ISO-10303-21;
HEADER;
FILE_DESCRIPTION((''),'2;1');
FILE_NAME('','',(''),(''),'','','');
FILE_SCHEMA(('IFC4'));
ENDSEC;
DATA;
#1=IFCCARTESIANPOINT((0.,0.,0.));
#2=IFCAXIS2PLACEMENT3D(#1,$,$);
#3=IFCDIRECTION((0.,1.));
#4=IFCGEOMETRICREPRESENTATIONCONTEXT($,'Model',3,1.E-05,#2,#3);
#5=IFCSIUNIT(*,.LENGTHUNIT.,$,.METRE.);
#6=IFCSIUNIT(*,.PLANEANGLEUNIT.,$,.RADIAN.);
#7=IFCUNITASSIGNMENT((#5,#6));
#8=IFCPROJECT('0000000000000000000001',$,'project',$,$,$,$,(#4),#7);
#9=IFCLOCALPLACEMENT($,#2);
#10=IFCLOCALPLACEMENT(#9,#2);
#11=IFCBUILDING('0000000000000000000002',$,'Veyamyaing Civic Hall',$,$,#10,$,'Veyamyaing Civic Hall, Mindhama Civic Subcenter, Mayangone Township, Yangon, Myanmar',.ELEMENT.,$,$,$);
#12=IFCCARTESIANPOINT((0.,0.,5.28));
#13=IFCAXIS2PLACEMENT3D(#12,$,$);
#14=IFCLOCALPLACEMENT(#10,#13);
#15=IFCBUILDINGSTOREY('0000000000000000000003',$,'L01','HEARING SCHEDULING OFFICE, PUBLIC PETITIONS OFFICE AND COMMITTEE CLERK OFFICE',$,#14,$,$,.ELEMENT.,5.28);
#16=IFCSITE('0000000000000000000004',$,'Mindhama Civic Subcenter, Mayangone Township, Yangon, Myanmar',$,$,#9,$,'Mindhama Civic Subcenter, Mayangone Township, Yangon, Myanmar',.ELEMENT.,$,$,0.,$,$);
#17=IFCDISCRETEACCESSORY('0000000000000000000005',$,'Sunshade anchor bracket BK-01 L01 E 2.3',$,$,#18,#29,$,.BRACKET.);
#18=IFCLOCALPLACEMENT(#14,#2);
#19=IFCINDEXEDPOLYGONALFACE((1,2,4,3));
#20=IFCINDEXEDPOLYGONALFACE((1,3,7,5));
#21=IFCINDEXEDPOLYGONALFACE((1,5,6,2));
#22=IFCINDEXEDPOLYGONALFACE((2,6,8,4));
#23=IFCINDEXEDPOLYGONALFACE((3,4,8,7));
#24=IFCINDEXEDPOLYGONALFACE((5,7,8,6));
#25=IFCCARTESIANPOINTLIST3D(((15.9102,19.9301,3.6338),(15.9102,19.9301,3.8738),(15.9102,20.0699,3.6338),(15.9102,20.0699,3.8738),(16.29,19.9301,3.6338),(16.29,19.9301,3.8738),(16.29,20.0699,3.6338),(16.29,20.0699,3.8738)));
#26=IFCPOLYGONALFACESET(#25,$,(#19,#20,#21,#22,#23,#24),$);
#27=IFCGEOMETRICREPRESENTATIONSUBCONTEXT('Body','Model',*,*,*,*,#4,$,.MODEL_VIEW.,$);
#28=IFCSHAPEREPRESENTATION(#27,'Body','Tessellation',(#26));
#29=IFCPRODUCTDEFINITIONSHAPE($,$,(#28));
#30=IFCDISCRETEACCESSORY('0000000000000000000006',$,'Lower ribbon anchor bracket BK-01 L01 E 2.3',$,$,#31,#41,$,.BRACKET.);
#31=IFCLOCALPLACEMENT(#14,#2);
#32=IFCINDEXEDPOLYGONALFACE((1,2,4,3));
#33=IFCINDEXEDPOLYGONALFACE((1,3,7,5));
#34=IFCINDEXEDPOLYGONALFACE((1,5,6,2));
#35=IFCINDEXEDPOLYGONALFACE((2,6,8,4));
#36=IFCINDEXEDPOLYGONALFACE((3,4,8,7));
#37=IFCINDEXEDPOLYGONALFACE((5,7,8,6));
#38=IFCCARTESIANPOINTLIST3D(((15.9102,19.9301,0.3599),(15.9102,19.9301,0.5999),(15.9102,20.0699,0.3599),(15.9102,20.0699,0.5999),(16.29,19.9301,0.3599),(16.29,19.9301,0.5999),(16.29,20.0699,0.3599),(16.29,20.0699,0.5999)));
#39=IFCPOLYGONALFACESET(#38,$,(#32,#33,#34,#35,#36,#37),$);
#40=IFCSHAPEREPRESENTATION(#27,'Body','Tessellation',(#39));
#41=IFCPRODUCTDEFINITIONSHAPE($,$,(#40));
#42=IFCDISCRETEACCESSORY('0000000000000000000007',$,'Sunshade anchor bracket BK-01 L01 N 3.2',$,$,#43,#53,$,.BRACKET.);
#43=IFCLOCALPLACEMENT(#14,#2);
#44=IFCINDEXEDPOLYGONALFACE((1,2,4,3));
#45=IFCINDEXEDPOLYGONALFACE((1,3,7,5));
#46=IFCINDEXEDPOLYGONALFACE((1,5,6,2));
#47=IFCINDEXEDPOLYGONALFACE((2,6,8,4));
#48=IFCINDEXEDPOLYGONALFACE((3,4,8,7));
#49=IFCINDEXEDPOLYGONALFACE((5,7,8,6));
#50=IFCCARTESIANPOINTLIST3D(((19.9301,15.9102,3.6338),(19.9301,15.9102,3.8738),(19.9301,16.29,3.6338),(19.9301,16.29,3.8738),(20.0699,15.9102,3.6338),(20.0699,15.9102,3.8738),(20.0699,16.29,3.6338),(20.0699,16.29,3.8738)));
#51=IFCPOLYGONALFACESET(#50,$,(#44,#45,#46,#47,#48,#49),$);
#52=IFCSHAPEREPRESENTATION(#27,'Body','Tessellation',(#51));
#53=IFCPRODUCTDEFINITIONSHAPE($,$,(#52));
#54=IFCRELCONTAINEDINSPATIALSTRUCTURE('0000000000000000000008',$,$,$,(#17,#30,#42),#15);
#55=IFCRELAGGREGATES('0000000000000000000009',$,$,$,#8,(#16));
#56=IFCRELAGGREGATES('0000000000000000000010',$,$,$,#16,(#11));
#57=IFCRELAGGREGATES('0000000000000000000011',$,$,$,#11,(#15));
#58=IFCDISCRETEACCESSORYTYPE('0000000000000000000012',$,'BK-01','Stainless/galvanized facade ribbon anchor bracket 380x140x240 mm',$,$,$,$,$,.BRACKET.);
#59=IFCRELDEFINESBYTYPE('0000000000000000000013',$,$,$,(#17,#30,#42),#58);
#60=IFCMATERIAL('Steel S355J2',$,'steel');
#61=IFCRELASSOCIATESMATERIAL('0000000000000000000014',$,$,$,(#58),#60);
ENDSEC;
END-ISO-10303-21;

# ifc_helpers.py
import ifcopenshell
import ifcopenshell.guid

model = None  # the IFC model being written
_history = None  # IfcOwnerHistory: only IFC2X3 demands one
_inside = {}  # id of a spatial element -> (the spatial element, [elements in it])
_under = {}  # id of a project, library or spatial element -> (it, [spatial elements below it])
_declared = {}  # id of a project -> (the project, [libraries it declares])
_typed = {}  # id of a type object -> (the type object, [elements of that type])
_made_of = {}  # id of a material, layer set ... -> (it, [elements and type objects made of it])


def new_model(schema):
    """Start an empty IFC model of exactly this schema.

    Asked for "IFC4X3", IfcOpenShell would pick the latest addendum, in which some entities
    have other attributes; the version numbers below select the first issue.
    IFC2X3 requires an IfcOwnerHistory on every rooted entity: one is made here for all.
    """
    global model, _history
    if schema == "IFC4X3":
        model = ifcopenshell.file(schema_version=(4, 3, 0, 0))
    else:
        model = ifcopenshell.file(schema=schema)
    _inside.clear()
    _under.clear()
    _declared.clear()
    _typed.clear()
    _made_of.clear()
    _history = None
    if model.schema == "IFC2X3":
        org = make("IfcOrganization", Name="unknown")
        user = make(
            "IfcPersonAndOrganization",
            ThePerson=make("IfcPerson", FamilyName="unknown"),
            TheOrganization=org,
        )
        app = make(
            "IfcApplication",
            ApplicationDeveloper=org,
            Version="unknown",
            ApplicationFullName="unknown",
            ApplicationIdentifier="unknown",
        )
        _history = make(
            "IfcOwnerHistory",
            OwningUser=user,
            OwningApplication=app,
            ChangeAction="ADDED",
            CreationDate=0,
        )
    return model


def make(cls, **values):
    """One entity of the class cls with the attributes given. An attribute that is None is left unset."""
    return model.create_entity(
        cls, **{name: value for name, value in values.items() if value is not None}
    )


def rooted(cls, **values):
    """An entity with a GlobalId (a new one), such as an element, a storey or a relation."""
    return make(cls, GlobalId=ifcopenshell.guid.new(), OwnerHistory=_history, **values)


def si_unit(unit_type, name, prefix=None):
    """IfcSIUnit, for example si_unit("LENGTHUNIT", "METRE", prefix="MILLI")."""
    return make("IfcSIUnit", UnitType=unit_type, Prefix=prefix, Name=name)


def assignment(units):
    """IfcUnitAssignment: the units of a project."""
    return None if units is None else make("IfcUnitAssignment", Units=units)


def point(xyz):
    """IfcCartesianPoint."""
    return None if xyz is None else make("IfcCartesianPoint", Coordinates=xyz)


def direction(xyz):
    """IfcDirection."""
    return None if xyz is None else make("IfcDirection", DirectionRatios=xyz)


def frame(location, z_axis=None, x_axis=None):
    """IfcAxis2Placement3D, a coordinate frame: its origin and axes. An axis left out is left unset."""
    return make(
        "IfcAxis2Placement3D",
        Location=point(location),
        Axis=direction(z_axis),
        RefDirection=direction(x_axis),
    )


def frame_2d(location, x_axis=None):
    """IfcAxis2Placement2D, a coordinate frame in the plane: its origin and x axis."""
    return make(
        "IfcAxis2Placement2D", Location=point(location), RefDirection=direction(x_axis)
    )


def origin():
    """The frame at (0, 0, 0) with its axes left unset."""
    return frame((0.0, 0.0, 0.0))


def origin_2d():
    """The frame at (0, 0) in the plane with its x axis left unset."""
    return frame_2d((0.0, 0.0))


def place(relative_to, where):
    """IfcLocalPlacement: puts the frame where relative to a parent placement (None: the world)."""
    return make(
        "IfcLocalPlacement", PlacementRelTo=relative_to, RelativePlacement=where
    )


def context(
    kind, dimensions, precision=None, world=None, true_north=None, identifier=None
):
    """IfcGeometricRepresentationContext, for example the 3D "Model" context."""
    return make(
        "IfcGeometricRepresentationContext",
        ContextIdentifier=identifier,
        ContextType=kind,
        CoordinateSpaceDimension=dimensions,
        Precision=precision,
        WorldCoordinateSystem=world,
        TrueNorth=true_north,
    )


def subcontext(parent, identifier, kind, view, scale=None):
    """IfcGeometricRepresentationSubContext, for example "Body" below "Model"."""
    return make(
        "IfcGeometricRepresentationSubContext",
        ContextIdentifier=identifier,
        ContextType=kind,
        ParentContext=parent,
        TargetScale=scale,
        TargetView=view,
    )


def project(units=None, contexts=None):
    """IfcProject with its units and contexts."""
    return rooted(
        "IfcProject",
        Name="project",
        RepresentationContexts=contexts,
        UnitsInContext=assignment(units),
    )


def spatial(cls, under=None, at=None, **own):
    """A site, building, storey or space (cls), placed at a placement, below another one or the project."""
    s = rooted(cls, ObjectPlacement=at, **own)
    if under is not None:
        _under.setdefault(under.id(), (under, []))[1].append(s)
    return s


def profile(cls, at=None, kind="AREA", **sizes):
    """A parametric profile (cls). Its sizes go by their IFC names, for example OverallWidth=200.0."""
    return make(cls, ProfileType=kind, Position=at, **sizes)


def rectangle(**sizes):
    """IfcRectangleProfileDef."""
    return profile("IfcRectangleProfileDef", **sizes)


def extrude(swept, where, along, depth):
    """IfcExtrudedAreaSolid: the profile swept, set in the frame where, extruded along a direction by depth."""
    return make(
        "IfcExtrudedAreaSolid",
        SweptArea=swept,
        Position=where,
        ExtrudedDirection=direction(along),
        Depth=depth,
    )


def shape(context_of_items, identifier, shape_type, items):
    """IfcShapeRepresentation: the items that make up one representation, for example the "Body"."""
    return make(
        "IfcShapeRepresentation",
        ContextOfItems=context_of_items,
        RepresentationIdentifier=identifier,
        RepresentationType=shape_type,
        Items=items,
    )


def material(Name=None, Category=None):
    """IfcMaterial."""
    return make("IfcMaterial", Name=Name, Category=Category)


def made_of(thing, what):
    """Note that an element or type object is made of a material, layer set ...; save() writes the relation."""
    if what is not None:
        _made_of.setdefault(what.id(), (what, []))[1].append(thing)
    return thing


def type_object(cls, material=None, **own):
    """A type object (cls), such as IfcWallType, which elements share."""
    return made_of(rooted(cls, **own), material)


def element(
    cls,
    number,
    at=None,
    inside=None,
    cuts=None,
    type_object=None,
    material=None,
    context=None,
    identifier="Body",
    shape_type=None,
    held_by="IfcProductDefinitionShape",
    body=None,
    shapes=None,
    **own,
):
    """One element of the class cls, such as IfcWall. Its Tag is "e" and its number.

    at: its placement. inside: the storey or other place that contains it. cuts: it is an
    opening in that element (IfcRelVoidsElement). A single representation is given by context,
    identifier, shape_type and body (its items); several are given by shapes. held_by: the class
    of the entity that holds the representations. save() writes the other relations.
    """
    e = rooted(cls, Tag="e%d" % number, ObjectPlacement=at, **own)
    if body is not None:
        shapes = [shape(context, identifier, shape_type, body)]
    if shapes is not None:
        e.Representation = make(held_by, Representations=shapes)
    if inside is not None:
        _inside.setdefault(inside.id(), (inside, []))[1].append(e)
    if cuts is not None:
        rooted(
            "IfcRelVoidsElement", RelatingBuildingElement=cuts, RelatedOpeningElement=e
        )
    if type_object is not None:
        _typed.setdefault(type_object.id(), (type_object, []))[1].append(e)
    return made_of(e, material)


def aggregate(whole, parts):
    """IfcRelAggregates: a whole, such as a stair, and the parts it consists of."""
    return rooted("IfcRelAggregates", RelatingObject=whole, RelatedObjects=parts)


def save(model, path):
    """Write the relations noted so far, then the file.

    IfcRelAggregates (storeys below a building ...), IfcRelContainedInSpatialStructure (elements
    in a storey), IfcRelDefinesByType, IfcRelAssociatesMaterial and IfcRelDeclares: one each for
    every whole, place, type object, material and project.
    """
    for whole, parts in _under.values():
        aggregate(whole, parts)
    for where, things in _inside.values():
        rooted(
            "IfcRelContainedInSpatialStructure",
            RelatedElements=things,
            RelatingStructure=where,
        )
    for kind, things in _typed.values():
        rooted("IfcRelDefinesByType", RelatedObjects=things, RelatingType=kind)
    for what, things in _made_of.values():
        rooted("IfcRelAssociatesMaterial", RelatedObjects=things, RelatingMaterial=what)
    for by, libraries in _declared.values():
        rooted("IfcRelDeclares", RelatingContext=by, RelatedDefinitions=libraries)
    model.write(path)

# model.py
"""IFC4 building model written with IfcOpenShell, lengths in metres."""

from ifc_helpers import new_model, si_unit, direction, frame, origin, origin_2d, place, context, subcontext, project, spatial, rectangle, extrude, material, type_object, element, save


model = new_model("IFC4")

# Units and contexts
model_context = context("Model", 3, precision=1e-05, world=origin(), true_north=direction((0.0, 1.0)))
body_context = subcontext(model_context, "Body", "Model", "MODEL_VIEW")
ifc_project = project(units=[si_unit("LENGTHUNIT", "METRE"), si_unit("PLANEANGLEUNIT", "RADIAN")], contexts=[model_context])

# Site, building, storey
site_placement = place(None, origin())
site = spatial("IfcSite", under=ifc_project, at=site_placement, Name="Mindhama Civic Subcenter, Mayangone Township, Yangon, Myanmar", LongName="Mindhama Civic Subcenter, Mayangone Township, Yangon, Myanmar", CompositionType="ELEMENT", RefElevation=0.0)
building_placement = place(site_placement, origin())
building = spatial("IfcBuilding", under=site, at=building_placement, Name="Veyamyaing Civic Hall", LongName="Veyamyaing Civic Hall, Mindhama Civic Subcenter, Mayangone Township, Yangon, Myanmar", CompositionType="ELEMENT")
storey_placement = place(building_placement, frame((0.0, 0.0, 5.28)))
storey = spatial("IfcBuildingStorey", under=building, at=storey_placement, Name="L01", Description="HEARING SCHEDULING OFFICE, PUBLIC PETITIONS OFFICE AND COMMITTEE CLERK OFFICE", CompositionType="ELEMENT", Elevation=5.28)

# Discrete accessories
ifc_material_1 = material(Name="Steel S355J2", Category="steel")
discrete_accessory_type = type_object("IfcDiscreteAccessoryType", Name="BK-01", Description="Stainless/galvanized facade ribbon anchor bracket 380x140x240 mm", PredefinedType="BRACKET", material=ifc_material_1)
for number, where, z_axis, x_axis, name in (
    (1, (16.1001, 20.0, 3.6338), (0.0, 0.0, 1.0), (1.0, 0.0, 0.0), "Sunshade anchor bracket BK-01 L01 E 2.3"),
    (2, (16.1001, 20.0, 0.3599), (0.0, 0.0, 1.0), (1.0, 0.0, 0.0), "Lower ribbon anchor bracket BK-01 L01 E 2.3"),
    (3, (20.0, 16.1001, 3.6338), (0.0, 0.0, 1.0), (0.0, 1.0, 0.0), "Sunshade anchor bracket BK-01 L01 N 3.2"),
):
    element("IfcDiscreteAccessory", number, at=place(storey_placement, frame(where, z_axis=z_axis, x_axis=x_axis)), inside=storey, type_object=discrete_accessory_type, Name=name, PredefinedType="BRACKET", context=body_context, shape_type="SweptSolid", body=[
        extrude(rectangle(XDim=0.3799, YDim=0.1399, at=origin_2d()), origin(), (0.0, 0.0, 1.0), 0.24),
    ])

save(model, "model.ifc")
